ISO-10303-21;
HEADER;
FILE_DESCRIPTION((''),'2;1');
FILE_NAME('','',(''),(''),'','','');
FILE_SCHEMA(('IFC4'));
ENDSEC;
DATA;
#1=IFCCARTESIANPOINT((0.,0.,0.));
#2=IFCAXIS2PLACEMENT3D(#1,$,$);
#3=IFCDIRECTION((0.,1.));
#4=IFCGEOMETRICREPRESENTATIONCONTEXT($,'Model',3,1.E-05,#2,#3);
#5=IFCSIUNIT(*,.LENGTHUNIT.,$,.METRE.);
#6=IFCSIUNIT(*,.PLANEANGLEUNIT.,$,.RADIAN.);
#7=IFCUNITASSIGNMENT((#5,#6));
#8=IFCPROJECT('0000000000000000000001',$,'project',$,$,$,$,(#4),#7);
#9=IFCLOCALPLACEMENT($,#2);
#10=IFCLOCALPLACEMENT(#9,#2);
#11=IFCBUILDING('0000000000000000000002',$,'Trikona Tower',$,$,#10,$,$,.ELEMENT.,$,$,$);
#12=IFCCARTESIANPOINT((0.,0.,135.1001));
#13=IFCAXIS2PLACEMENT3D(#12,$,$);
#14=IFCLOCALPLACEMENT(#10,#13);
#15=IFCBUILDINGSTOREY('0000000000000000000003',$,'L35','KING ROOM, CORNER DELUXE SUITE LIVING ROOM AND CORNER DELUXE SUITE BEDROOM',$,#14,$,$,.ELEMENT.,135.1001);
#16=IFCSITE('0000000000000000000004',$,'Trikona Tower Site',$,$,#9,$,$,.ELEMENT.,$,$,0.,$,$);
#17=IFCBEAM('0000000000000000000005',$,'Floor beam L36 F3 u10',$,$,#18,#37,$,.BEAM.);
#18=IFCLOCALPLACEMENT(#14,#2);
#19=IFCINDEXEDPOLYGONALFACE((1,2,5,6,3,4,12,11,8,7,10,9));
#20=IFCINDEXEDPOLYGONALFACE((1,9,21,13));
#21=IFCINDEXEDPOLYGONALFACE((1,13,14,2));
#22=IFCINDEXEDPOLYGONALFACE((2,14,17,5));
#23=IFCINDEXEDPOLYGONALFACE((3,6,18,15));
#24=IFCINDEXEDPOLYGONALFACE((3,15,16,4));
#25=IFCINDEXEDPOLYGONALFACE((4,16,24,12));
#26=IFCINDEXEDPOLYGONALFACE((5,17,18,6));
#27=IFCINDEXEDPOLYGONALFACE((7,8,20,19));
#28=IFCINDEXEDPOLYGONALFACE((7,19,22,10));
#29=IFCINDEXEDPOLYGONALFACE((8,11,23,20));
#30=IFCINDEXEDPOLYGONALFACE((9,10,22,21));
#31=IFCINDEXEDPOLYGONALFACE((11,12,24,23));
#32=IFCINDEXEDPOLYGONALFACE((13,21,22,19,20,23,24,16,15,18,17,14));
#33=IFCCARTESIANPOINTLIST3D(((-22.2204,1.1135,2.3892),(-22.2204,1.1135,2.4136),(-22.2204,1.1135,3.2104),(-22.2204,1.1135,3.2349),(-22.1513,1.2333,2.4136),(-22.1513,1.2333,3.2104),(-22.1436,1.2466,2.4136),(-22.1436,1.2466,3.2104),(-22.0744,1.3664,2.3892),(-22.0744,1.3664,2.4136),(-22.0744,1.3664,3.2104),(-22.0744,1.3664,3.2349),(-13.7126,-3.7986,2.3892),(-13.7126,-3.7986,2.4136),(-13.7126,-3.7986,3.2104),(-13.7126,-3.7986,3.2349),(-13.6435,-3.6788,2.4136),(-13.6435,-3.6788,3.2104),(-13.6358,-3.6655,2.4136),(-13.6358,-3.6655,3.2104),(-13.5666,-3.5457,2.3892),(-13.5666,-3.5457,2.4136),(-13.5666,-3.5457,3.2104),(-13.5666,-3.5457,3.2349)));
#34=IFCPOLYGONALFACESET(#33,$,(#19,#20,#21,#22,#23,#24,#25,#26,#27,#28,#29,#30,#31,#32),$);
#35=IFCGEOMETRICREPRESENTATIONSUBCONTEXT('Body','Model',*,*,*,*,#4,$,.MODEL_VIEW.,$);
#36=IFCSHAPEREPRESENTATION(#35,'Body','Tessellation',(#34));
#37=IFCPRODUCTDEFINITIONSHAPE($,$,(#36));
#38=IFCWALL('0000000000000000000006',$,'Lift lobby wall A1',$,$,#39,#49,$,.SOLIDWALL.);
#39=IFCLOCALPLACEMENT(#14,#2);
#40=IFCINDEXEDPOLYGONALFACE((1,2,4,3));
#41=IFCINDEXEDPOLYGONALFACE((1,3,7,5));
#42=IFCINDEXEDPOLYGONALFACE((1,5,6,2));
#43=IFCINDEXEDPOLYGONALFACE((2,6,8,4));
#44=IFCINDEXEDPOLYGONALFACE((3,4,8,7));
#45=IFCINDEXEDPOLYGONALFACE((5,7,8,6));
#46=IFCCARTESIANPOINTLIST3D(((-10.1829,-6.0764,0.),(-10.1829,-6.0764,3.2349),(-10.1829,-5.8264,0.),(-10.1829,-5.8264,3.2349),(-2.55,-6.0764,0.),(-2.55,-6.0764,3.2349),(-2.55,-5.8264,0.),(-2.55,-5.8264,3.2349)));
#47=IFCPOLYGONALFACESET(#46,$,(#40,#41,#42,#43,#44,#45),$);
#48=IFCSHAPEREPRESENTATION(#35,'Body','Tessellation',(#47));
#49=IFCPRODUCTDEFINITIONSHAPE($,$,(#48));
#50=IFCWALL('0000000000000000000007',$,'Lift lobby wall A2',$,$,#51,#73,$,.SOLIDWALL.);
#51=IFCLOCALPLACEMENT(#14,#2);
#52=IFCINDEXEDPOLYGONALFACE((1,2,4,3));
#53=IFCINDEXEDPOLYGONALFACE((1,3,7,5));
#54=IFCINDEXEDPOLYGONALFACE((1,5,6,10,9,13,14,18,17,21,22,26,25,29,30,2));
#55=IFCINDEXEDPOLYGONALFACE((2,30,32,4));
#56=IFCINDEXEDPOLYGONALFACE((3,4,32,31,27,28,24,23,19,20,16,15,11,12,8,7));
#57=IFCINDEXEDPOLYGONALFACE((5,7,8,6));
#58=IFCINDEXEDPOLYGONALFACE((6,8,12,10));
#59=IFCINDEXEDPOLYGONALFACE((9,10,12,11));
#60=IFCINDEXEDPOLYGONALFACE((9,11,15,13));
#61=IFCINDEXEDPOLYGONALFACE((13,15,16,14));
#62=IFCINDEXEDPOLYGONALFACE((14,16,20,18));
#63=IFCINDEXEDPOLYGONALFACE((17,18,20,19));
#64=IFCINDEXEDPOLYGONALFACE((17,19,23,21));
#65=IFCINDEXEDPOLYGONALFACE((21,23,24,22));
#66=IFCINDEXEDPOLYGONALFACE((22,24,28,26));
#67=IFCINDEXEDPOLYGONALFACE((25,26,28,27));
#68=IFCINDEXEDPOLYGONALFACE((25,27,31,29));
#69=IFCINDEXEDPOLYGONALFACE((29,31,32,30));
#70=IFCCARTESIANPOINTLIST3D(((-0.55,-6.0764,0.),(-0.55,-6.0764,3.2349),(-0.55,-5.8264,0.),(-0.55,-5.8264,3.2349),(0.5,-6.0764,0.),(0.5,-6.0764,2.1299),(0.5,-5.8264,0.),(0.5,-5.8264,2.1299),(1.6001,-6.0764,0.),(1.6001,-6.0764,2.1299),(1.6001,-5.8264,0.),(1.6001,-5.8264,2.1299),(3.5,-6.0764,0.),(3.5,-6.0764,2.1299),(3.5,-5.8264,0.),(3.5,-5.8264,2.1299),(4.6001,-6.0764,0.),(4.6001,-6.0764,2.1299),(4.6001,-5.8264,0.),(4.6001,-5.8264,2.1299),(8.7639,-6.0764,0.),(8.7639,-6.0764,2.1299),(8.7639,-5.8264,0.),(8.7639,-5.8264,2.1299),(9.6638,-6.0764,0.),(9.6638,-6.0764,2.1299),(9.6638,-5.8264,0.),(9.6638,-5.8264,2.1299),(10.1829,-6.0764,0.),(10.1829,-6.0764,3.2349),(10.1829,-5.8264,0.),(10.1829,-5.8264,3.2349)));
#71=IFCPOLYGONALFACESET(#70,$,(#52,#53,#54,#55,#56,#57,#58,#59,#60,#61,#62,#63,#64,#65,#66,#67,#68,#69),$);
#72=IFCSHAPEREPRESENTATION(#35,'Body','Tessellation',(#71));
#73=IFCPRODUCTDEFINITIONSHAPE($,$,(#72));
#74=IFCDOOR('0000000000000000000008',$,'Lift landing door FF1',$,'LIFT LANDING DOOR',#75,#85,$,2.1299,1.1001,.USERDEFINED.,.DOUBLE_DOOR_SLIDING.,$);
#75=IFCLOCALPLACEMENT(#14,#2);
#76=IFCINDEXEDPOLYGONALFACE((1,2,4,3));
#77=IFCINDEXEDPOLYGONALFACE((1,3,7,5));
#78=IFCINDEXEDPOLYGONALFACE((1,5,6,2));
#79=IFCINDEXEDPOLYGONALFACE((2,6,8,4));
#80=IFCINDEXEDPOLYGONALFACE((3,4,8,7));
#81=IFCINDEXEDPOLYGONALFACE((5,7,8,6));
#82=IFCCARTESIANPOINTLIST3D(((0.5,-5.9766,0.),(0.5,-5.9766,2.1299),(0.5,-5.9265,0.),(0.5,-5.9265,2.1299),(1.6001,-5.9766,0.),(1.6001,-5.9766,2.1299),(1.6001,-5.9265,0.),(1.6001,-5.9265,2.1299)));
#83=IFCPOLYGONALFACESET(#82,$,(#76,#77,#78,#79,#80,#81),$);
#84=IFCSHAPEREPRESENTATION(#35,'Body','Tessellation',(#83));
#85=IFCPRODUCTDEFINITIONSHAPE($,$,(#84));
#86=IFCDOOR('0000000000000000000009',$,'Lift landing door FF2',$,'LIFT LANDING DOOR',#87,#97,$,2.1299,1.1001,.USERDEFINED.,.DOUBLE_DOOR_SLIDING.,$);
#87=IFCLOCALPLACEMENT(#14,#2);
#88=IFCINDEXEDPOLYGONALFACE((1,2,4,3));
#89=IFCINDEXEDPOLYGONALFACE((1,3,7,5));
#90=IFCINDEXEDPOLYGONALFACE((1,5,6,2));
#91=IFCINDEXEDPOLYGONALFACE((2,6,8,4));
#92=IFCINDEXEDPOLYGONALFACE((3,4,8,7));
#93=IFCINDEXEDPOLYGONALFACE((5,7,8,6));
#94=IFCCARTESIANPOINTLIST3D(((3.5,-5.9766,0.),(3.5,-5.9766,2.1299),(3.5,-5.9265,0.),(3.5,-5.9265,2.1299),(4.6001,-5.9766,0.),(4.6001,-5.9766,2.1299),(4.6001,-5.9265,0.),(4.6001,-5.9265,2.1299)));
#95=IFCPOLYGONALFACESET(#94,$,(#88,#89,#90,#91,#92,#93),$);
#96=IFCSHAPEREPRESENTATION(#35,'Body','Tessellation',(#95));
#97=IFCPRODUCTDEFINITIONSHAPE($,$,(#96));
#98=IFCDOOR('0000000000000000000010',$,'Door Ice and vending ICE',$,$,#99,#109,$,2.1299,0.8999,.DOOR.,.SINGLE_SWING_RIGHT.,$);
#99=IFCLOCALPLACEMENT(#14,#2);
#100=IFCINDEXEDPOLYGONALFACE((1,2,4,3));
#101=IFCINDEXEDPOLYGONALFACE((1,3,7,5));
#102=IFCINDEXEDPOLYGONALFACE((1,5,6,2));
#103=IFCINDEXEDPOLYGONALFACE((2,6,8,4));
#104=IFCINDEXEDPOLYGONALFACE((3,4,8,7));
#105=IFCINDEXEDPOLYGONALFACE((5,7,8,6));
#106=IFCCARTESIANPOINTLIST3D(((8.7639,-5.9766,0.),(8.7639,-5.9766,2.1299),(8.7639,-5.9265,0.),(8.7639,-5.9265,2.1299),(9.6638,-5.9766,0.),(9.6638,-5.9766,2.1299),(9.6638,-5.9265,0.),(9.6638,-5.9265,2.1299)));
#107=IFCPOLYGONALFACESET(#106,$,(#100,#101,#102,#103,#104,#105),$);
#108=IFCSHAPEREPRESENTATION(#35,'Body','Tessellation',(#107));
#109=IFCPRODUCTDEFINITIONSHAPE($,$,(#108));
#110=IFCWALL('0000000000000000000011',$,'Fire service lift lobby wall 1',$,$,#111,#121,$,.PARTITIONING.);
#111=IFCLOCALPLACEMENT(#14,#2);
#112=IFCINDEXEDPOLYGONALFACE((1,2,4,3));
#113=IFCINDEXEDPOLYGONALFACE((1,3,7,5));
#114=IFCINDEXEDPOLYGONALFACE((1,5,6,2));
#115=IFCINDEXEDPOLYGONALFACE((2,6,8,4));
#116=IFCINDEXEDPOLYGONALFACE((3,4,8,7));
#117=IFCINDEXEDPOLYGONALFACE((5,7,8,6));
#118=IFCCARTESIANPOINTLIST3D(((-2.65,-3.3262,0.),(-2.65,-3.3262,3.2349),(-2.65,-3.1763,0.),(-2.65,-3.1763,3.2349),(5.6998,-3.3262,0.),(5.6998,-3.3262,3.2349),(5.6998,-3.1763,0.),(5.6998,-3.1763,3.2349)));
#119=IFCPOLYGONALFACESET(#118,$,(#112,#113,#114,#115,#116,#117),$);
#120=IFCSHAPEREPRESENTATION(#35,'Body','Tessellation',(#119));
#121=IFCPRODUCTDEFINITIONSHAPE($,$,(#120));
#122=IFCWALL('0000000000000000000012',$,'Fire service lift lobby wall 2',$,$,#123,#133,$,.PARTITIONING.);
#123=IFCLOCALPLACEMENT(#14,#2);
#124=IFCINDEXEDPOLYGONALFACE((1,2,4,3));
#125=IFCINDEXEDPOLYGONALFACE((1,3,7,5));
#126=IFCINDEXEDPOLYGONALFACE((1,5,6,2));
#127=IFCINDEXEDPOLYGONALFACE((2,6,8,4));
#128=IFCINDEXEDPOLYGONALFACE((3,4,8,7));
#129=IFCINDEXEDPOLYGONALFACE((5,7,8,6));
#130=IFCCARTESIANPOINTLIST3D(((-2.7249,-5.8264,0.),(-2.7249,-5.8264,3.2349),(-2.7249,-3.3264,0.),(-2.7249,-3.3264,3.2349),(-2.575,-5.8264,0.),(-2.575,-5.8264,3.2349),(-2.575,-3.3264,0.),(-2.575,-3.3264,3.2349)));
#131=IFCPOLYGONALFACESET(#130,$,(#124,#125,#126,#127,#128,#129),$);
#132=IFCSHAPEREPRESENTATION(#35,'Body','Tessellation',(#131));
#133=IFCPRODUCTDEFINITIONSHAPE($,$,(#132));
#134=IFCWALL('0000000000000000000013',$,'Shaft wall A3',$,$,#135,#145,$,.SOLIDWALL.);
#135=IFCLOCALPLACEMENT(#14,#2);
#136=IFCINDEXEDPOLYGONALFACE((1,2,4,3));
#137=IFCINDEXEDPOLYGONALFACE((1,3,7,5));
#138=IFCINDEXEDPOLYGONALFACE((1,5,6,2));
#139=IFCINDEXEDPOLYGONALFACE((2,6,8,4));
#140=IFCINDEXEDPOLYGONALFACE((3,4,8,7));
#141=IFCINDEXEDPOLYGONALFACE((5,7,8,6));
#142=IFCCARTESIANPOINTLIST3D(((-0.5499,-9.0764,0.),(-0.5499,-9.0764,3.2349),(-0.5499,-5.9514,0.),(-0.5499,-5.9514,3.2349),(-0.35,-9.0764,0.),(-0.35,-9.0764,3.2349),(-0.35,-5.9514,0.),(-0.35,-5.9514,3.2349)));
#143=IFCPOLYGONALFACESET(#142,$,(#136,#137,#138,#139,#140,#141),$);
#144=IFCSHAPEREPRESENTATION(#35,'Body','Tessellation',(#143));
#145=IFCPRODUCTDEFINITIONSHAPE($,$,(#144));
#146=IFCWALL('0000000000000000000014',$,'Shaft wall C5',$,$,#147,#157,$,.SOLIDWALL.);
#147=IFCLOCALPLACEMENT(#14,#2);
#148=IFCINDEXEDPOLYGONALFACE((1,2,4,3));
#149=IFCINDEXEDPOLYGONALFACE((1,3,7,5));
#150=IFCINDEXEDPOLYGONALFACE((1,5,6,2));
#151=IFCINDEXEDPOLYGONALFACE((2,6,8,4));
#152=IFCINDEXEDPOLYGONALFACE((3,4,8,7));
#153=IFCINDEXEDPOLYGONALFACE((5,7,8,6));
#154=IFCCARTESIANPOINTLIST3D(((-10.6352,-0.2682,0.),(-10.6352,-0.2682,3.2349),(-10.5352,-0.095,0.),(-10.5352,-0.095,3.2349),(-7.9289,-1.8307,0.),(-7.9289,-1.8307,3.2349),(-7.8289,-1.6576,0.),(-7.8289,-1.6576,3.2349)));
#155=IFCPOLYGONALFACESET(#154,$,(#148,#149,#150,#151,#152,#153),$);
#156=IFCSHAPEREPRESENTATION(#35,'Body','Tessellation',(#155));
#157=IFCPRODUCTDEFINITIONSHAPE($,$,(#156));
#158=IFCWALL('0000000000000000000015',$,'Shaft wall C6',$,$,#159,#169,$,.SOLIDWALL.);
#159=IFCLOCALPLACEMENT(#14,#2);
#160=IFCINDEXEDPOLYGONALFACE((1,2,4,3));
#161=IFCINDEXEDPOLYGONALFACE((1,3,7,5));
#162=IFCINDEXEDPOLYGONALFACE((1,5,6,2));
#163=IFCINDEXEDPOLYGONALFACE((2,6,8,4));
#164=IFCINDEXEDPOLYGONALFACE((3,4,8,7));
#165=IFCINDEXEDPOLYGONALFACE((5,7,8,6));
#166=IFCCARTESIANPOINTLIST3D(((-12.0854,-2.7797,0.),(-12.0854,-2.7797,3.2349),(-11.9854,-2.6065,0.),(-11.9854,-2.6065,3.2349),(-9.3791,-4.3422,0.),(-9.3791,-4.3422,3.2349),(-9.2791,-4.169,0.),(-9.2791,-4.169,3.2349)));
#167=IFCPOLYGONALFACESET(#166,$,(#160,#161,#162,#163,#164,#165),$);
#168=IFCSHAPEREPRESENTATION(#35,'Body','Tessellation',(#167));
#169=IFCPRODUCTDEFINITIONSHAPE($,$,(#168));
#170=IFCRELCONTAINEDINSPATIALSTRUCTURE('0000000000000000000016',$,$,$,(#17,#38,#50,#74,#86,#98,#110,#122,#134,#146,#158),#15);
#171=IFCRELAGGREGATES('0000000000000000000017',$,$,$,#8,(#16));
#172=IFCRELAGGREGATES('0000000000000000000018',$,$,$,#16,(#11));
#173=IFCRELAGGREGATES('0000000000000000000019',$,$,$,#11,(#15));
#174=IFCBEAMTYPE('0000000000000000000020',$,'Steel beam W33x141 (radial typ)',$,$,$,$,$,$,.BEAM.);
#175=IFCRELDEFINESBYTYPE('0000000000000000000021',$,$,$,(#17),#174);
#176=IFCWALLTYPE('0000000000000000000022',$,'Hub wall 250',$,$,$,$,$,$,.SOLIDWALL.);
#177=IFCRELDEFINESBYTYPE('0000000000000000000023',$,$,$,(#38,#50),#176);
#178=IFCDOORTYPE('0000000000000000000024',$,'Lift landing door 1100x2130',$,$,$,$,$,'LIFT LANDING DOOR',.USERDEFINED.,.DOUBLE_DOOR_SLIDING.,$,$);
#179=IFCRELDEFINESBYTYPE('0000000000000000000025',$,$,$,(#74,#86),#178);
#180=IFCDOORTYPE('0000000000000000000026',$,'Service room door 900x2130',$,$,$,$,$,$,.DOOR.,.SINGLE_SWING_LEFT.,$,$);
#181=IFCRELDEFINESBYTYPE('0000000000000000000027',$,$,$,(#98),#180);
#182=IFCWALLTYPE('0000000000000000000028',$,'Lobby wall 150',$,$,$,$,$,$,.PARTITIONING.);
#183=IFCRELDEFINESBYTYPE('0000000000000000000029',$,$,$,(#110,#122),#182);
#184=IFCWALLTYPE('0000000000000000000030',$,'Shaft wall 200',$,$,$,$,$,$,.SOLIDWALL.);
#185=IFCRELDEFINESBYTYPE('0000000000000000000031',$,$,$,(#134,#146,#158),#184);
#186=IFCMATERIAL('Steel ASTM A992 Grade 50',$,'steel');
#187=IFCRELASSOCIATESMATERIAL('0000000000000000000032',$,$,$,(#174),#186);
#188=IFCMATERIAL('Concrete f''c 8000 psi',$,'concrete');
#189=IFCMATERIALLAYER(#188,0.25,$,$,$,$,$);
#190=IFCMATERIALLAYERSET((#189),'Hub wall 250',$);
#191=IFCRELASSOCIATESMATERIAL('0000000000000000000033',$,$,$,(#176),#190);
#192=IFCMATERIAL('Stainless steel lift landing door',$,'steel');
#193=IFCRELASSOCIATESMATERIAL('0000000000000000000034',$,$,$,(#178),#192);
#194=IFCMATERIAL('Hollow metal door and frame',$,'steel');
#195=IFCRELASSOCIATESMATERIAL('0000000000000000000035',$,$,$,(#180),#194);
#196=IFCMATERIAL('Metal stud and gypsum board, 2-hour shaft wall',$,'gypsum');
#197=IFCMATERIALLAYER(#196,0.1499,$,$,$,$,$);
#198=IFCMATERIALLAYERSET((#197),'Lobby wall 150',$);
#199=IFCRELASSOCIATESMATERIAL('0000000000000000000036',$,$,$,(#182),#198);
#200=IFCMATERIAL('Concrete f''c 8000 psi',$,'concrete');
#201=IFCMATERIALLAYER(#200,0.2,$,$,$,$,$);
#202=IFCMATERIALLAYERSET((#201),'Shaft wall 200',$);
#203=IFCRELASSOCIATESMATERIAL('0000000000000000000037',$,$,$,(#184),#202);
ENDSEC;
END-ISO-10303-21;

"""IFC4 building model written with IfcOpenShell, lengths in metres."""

from ifc_helpers import new_model, si_unit, direction, frame, frame_2d, origin, origin_2d, place, context, subcontext, project, spatial, rectangle, i_section, extrude, material, layer, layer_set, material_profile, profile_set, type_object, element, fill, save


model = new_model("IFC4")

# Units and contexts
model_context = context("Model", 3, precision=1e-05, world=origin(), true_north=direction((0.0, 1.0)))
body_context = subcontext(model_context, "Body", "Model", "MODEL_VIEW")
ifc_project = project(units=[si_unit("LENGTHUNIT", "METRE"), si_unit("PLANEANGLEUNIT", "RADIAN")], contexts=[model_context])

# Site, building, storey
site_placement = place(None, origin())
site = spatial("IfcSite", under=ifc_project, at=site_placement, Name="Trikona Tower Site", CompositionType="ELEMENT", RefElevation=0.0)
building_placement = place(site_placement, origin())
building = spatial("IfcBuilding", under=site, at=building_placement, Name="Trikona Tower", CompositionType="ELEMENT")
storey_placement = place(building_placement, frame((0.0, 0.0, 135.1001)))
storey = spatial("IfcBuildingStorey", under=building, at=storey_placement, Name="L35", Description="KING ROOM, CORNER DELUXE SUITE LIVING ROOM AND CORNER DELUXE SUITE BEDROOM", CompositionType="ELEMENT", Elevation=135.1001)

# Beam
ifc_material_1 = material(Name="Steel ASTM A992 Grade 50", Category="steel")
ifc_material_profile = material_profile(ifc_material_1, i_section(OverallWidth=0.292, OverallDepth=0.8457, WebThickness=0.0154, FlangeThickness=0.0244, at=origin_2d()), Name="W33X141")
ifc_profile_set = profile_set([ifc_material_profile], Name="Steel ASTM A992 Grade 50")
beam_type = type_object("IfcBeamType", Name="Steel beam W33x141 (radial typ)", PredefinedType="BEAM", material=ifc_profile_set)
beam_placement = place(storey_placement, frame((-13.6396, -3.6721, 2.812), z_axis=(-0.86602, 0.500009, 0.0), x_axis=(-0.500009, -0.86602, 0.0)))
element("IfcBeam", 1, at=beam_placement, inside=storey, type_object=beam_type, Name="Floor beam L36 F3 u10", PredefinedType="BEAM", context=body_context, shape_type="SweptSolid", body=[
    extrude(i_section(OverallWidth=0.292, OverallDepth=0.8457, WebThickness=0.0154, FlangeThickness=0.0244, at=origin_2d()), origin(), (0.0, 0.0, 1.0), 9.824),
])

# Wall
ifc_material_2 = material(Name="Concrete f'c 8000 psi", Category="concrete")
ifc_layer_1 = layer(ifc_material_2, 0.25)
ifc_layer_set_1 = layer_set([ifc_layer_1], Name="Hub wall 250")
wall_type_1 = type_object("IfcWallType", Name="Hub wall 250", PredefinedType="SOLIDWALL", material=ifc_layer_set_1)
wall_1_placement = place(storey_placement, frame((-10.1829, -5.9514, 0.0), z_axis=(0.0, 0.0, 1.0), x_axis=(1.0, 0.0, 0.0)))
element("IfcWall", 2, at=wall_1_placement, inside=storey, type_object=wall_type_1, Name="Lift lobby wall A1", PredefinedType="SOLIDWALL", context=body_context, shape_type="SweptSolid", body=[
    extrude(rectangle(XDim=7.6328, YDim=0.25, at=frame_2d((3.8164, 0.0))), origin(), (0.0, 0.0, 1.0), 3.2349),
])

# Wall, openings, doors
wall_2_placement = place(storey_placement, frame((-0.55, -5.9514, 0.0), z_axis=(0.0, 0.0, 1.0), x_axis=(1.0, 0.0, 0.0)))
wall_2 = element("IfcWall", 3, at=wall_2_placement, inside=storey, type_object=wall_type_1, Name="Lift lobby wall A2", PredefinedType="SOLIDWALL", context=body_context, shape_type="SweptSolid", body=[
    extrude(rectangle(XDim=10.7329, YDim=0.25, at=frame_2d((5.3665, 0.0))), origin(), (0.0, 0.0, 1.0), 3.2349),
])
opening_1_placement = place(wall_2_placement, frame((9.314, 0.0, 0.0)))
opening_1 = element("IfcOpeningElement", 4, at=opening_1_placement, cuts=wall_2, PredefinedType="OPENING", context=body_context, shape_type="SweptSolid", body=[
    extrude(rectangle(XDim=0.8999, YDim=2.1299, at=frame_2d((0.45, 1.0649))), frame((0.0, 0.135, 0.0), z_axis=(0.0, -1.0, 0.0), x_axis=(1.0, 0.0, 0.0)), (0.0, 0.0, 1.0), 0.27),
])
opening_2_placement = place(wall_2_placement, frame((1.05, 0.0, 0.0)))
opening_2 = element("IfcOpeningElement", 5, at=opening_2_placement, cuts=wall_2, PredefinedType="OPENING", context=body_context, shape_type="SweptSolid", body=[
    extrude(rectangle(XDim=1.1001, YDim=2.1299, at=frame_2d((0.55, 1.0649))), frame((0.0, 0.135, 0.0), z_axis=(0.0, -1.0, 0.0), x_axis=(1.0, 0.0, 0.0)), (0.0, 0.0, 1.0), 0.27),
])
opening_3_placement = place(wall_2_placement, frame((4.05, 0.0, 0.0)))
opening_3 = element("IfcOpeningElement", 6, at=opening_3_placement, cuts=wall_2, PredefinedType="OPENING", context=body_context, shape_type="SweptSolid", body=[
    extrude(rectangle(XDim=1.1001, YDim=2.1299, at=frame_2d((0.55, 1.0649))), frame((0.0, 0.135, 0.0), z_axis=(0.0, -1.0, 0.0), x_axis=(1.0, 0.0, 0.0)), (0.0, 0.0, 1.0), 0.27),
])
ifc_material_3 = material(Name="Stainless steel lift landing door", Category="steel")
door_type_1 = type_object("IfcDoorType", Name="Lift landing door 1100x2130", ElementType="LIFT LANDING DOOR", OperationType="DOUBLE_DOOR_SLIDING", PredefinedType="USERDEFINED", material=ifc_material_3)
door_1_placement = place(opening_2_placement, origin())
door_1 = element("IfcDoor", 7, at=door_1_placement, inside=storey, type_object=door_type_1, Name="Lift landing door FF1", ObjectType="LIFT LANDING DOOR", OperationType="DOUBLE_DOOR_SLIDING", OverallHeight=2.1299, OverallWidth=1.1001, PredefinedType="USERDEFINED", context=body_context, shape_type="SweptSolid", body=[
    extrude(rectangle(XDim=1.1001, YDim=2.1299, at=frame_2d((0.55, 1.0649))), frame((0.0, 0.0249, 0.0), z_axis=(0.0, -1.0, 0.0), x_axis=(1.0, 0.0, 0.0)), (0.0, 0.0, 1.0), 0.05),
])
fill(opening_2, door_1)
door_2_placement = place(opening_3_placement, origin())
door_2 = element("IfcDoor", 8, at=door_2_placement, inside=storey, type_object=door_type_1, Name="Lift landing door FF2", ObjectType="LIFT LANDING DOOR", OperationType="DOUBLE_DOOR_SLIDING", OverallHeight=2.1299, OverallWidth=1.1001, PredefinedType="USERDEFINED", context=body_context, shape_type="SweptSolid", body=[
    extrude(rectangle(XDim=1.1001, YDim=2.1299, at=frame_2d((0.55, 1.0649))), frame((0.0, 0.0249, 0.0), z_axis=(0.0, -1.0, 0.0), x_axis=(1.0, 0.0, 0.0)), (0.0, 0.0, 1.0), 0.05),
])
fill(opening_3, door_2)
ifc_material_4 = material(Name="Hollow metal door and frame", Category="steel")
door_type_2 = type_object("IfcDoorType", Name="Service room door 900x2130", OperationType="SINGLE_SWING_LEFT", PredefinedType="DOOR", material=ifc_material_4)
door_3_placement = place(opening_1_placement, origin())
door_3 = element("IfcDoor", 9, at=door_3_placement, inside=storey, type_object=door_type_2, Name="Door Ice and vending ICE", OperationType="SINGLE_SWING_RIGHT", OverallHeight=2.1299, OverallWidth=0.8999, PredefinedType="DOOR", context=body_context, shape_type="SweptSolid", body=[
    extrude(rectangle(XDim=0.8999, YDim=2.1299, at=frame_2d((0.45, 1.0649))), frame((0.0, 0.0249, 0.0), z_axis=(0.0, -1.0, 0.0), x_axis=(1.0, 0.0, 0.0)), (0.0, 0.0, 1.0), 0.05),
])
fill(opening_1, door_3)

# Walls
ifc_material_5 = material(Name="Metal stud and gypsum board, 2-hour shaft wall", Category="gypsum")
ifc_layer_2 = layer(ifc_material_5, 0.1499)
ifc_layer_set_2 = layer_set([ifc_layer_2], Name="Lobby wall 150")
wall_type_2 = type_object("IfcWallType", Name="Lobby wall 150", PredefinedType="PARTITIONING", material=ifc_layer_set_2)
wall_3_placement = place(storey_placement, frame((-2.6499, -3.2512, 0.0), z_axis=(0.0, 0.0, 1.0), x_axis=(1.0, 0.0, 0.0)))
element("IfcWall", 10, at=wall_3_placement, inside=storey, type_object=wall_type_2, Name="Fire service lift lobby wall 1", PredefinedType="PARTITIONING", context=body_context, shape_type="SweptSolid", body=[
    extrude(rectangle(XDim=8.3499, YDim=0.1499, at=frame_2d((4.1748, 0.0))), origin(), (0.0, 0.0, 1.0), 3.2349),
])
wall_4_placement = place(storey_placement, frame((-2.6499, -5.8264, 0.0), z_axis=(0.0, 0.0, 1.0), x_axis=(0.0, 1.0, 0.0)))
element("IfcWall", 11, at=wall_4_placement, inside=storey, type_object=wall_type_2, Name="Fire service lift lobby wall 2", PredefinedType="PARTITIONING", context=body_context, shape_type="SweptSolid", body=[
    extrude(rectangle(XDim=2.5, YDim=0.1499, at=frame_2d((1.25, 0.0))), origin(), (0.0, 0.0, 1.0), 3.2349),
])
ifc_material_6 = material(Name="Concrete f'c 8000 psi", Category="concrete")
ifc_layer_3 = layer(ifc_material_6, 0.2)
ifc_layer_set_3 = layer_set([ifc_layer_3], Name="Shaft wall 200")
wall_type_3 = type_object("IfcWallType", Name="Shaft wall 200", PredefinedType="SOLIDWALL", material=ifc_layer_set_3)
for number, where, z_axis, x_axis, name in (
    (12, (-0.45, -5.9514, 0.0), (0.0, 0.0, 1.0), (0.0, -1.0, 0.0), "Shaft wall A3"),
    (13, (-7.8789, -1.7441, 0.0), (0.0, 0.0, 1.0), (-0.866023, 0.500004, 0.0), "Shaft wall C5"),
    (14, (-9.3291, -4.2556, 0.0), (0.0, 0.0, 1.0), (-0.866023, 0.500004, 0.0), "Shaft wall C6"),
):
    element("IfcWall", number, at=place(storey_placement, frame(where, z_axis=z_axis, x_axis=x_axis)), inside=storey, type_object=wall_type_3, Name=name, PredefinedType="SOLIDWALL", context=body_context, shape_type="SweptSolid", body=[
        extrude(rectangle(XDim=3.125, YDim=0.2, at=frame_2d((1.5625, 0.0))), origin(), (0.0, 0.0, 1.0), 3.2349),
    ])

save(model, "model.ifc")
